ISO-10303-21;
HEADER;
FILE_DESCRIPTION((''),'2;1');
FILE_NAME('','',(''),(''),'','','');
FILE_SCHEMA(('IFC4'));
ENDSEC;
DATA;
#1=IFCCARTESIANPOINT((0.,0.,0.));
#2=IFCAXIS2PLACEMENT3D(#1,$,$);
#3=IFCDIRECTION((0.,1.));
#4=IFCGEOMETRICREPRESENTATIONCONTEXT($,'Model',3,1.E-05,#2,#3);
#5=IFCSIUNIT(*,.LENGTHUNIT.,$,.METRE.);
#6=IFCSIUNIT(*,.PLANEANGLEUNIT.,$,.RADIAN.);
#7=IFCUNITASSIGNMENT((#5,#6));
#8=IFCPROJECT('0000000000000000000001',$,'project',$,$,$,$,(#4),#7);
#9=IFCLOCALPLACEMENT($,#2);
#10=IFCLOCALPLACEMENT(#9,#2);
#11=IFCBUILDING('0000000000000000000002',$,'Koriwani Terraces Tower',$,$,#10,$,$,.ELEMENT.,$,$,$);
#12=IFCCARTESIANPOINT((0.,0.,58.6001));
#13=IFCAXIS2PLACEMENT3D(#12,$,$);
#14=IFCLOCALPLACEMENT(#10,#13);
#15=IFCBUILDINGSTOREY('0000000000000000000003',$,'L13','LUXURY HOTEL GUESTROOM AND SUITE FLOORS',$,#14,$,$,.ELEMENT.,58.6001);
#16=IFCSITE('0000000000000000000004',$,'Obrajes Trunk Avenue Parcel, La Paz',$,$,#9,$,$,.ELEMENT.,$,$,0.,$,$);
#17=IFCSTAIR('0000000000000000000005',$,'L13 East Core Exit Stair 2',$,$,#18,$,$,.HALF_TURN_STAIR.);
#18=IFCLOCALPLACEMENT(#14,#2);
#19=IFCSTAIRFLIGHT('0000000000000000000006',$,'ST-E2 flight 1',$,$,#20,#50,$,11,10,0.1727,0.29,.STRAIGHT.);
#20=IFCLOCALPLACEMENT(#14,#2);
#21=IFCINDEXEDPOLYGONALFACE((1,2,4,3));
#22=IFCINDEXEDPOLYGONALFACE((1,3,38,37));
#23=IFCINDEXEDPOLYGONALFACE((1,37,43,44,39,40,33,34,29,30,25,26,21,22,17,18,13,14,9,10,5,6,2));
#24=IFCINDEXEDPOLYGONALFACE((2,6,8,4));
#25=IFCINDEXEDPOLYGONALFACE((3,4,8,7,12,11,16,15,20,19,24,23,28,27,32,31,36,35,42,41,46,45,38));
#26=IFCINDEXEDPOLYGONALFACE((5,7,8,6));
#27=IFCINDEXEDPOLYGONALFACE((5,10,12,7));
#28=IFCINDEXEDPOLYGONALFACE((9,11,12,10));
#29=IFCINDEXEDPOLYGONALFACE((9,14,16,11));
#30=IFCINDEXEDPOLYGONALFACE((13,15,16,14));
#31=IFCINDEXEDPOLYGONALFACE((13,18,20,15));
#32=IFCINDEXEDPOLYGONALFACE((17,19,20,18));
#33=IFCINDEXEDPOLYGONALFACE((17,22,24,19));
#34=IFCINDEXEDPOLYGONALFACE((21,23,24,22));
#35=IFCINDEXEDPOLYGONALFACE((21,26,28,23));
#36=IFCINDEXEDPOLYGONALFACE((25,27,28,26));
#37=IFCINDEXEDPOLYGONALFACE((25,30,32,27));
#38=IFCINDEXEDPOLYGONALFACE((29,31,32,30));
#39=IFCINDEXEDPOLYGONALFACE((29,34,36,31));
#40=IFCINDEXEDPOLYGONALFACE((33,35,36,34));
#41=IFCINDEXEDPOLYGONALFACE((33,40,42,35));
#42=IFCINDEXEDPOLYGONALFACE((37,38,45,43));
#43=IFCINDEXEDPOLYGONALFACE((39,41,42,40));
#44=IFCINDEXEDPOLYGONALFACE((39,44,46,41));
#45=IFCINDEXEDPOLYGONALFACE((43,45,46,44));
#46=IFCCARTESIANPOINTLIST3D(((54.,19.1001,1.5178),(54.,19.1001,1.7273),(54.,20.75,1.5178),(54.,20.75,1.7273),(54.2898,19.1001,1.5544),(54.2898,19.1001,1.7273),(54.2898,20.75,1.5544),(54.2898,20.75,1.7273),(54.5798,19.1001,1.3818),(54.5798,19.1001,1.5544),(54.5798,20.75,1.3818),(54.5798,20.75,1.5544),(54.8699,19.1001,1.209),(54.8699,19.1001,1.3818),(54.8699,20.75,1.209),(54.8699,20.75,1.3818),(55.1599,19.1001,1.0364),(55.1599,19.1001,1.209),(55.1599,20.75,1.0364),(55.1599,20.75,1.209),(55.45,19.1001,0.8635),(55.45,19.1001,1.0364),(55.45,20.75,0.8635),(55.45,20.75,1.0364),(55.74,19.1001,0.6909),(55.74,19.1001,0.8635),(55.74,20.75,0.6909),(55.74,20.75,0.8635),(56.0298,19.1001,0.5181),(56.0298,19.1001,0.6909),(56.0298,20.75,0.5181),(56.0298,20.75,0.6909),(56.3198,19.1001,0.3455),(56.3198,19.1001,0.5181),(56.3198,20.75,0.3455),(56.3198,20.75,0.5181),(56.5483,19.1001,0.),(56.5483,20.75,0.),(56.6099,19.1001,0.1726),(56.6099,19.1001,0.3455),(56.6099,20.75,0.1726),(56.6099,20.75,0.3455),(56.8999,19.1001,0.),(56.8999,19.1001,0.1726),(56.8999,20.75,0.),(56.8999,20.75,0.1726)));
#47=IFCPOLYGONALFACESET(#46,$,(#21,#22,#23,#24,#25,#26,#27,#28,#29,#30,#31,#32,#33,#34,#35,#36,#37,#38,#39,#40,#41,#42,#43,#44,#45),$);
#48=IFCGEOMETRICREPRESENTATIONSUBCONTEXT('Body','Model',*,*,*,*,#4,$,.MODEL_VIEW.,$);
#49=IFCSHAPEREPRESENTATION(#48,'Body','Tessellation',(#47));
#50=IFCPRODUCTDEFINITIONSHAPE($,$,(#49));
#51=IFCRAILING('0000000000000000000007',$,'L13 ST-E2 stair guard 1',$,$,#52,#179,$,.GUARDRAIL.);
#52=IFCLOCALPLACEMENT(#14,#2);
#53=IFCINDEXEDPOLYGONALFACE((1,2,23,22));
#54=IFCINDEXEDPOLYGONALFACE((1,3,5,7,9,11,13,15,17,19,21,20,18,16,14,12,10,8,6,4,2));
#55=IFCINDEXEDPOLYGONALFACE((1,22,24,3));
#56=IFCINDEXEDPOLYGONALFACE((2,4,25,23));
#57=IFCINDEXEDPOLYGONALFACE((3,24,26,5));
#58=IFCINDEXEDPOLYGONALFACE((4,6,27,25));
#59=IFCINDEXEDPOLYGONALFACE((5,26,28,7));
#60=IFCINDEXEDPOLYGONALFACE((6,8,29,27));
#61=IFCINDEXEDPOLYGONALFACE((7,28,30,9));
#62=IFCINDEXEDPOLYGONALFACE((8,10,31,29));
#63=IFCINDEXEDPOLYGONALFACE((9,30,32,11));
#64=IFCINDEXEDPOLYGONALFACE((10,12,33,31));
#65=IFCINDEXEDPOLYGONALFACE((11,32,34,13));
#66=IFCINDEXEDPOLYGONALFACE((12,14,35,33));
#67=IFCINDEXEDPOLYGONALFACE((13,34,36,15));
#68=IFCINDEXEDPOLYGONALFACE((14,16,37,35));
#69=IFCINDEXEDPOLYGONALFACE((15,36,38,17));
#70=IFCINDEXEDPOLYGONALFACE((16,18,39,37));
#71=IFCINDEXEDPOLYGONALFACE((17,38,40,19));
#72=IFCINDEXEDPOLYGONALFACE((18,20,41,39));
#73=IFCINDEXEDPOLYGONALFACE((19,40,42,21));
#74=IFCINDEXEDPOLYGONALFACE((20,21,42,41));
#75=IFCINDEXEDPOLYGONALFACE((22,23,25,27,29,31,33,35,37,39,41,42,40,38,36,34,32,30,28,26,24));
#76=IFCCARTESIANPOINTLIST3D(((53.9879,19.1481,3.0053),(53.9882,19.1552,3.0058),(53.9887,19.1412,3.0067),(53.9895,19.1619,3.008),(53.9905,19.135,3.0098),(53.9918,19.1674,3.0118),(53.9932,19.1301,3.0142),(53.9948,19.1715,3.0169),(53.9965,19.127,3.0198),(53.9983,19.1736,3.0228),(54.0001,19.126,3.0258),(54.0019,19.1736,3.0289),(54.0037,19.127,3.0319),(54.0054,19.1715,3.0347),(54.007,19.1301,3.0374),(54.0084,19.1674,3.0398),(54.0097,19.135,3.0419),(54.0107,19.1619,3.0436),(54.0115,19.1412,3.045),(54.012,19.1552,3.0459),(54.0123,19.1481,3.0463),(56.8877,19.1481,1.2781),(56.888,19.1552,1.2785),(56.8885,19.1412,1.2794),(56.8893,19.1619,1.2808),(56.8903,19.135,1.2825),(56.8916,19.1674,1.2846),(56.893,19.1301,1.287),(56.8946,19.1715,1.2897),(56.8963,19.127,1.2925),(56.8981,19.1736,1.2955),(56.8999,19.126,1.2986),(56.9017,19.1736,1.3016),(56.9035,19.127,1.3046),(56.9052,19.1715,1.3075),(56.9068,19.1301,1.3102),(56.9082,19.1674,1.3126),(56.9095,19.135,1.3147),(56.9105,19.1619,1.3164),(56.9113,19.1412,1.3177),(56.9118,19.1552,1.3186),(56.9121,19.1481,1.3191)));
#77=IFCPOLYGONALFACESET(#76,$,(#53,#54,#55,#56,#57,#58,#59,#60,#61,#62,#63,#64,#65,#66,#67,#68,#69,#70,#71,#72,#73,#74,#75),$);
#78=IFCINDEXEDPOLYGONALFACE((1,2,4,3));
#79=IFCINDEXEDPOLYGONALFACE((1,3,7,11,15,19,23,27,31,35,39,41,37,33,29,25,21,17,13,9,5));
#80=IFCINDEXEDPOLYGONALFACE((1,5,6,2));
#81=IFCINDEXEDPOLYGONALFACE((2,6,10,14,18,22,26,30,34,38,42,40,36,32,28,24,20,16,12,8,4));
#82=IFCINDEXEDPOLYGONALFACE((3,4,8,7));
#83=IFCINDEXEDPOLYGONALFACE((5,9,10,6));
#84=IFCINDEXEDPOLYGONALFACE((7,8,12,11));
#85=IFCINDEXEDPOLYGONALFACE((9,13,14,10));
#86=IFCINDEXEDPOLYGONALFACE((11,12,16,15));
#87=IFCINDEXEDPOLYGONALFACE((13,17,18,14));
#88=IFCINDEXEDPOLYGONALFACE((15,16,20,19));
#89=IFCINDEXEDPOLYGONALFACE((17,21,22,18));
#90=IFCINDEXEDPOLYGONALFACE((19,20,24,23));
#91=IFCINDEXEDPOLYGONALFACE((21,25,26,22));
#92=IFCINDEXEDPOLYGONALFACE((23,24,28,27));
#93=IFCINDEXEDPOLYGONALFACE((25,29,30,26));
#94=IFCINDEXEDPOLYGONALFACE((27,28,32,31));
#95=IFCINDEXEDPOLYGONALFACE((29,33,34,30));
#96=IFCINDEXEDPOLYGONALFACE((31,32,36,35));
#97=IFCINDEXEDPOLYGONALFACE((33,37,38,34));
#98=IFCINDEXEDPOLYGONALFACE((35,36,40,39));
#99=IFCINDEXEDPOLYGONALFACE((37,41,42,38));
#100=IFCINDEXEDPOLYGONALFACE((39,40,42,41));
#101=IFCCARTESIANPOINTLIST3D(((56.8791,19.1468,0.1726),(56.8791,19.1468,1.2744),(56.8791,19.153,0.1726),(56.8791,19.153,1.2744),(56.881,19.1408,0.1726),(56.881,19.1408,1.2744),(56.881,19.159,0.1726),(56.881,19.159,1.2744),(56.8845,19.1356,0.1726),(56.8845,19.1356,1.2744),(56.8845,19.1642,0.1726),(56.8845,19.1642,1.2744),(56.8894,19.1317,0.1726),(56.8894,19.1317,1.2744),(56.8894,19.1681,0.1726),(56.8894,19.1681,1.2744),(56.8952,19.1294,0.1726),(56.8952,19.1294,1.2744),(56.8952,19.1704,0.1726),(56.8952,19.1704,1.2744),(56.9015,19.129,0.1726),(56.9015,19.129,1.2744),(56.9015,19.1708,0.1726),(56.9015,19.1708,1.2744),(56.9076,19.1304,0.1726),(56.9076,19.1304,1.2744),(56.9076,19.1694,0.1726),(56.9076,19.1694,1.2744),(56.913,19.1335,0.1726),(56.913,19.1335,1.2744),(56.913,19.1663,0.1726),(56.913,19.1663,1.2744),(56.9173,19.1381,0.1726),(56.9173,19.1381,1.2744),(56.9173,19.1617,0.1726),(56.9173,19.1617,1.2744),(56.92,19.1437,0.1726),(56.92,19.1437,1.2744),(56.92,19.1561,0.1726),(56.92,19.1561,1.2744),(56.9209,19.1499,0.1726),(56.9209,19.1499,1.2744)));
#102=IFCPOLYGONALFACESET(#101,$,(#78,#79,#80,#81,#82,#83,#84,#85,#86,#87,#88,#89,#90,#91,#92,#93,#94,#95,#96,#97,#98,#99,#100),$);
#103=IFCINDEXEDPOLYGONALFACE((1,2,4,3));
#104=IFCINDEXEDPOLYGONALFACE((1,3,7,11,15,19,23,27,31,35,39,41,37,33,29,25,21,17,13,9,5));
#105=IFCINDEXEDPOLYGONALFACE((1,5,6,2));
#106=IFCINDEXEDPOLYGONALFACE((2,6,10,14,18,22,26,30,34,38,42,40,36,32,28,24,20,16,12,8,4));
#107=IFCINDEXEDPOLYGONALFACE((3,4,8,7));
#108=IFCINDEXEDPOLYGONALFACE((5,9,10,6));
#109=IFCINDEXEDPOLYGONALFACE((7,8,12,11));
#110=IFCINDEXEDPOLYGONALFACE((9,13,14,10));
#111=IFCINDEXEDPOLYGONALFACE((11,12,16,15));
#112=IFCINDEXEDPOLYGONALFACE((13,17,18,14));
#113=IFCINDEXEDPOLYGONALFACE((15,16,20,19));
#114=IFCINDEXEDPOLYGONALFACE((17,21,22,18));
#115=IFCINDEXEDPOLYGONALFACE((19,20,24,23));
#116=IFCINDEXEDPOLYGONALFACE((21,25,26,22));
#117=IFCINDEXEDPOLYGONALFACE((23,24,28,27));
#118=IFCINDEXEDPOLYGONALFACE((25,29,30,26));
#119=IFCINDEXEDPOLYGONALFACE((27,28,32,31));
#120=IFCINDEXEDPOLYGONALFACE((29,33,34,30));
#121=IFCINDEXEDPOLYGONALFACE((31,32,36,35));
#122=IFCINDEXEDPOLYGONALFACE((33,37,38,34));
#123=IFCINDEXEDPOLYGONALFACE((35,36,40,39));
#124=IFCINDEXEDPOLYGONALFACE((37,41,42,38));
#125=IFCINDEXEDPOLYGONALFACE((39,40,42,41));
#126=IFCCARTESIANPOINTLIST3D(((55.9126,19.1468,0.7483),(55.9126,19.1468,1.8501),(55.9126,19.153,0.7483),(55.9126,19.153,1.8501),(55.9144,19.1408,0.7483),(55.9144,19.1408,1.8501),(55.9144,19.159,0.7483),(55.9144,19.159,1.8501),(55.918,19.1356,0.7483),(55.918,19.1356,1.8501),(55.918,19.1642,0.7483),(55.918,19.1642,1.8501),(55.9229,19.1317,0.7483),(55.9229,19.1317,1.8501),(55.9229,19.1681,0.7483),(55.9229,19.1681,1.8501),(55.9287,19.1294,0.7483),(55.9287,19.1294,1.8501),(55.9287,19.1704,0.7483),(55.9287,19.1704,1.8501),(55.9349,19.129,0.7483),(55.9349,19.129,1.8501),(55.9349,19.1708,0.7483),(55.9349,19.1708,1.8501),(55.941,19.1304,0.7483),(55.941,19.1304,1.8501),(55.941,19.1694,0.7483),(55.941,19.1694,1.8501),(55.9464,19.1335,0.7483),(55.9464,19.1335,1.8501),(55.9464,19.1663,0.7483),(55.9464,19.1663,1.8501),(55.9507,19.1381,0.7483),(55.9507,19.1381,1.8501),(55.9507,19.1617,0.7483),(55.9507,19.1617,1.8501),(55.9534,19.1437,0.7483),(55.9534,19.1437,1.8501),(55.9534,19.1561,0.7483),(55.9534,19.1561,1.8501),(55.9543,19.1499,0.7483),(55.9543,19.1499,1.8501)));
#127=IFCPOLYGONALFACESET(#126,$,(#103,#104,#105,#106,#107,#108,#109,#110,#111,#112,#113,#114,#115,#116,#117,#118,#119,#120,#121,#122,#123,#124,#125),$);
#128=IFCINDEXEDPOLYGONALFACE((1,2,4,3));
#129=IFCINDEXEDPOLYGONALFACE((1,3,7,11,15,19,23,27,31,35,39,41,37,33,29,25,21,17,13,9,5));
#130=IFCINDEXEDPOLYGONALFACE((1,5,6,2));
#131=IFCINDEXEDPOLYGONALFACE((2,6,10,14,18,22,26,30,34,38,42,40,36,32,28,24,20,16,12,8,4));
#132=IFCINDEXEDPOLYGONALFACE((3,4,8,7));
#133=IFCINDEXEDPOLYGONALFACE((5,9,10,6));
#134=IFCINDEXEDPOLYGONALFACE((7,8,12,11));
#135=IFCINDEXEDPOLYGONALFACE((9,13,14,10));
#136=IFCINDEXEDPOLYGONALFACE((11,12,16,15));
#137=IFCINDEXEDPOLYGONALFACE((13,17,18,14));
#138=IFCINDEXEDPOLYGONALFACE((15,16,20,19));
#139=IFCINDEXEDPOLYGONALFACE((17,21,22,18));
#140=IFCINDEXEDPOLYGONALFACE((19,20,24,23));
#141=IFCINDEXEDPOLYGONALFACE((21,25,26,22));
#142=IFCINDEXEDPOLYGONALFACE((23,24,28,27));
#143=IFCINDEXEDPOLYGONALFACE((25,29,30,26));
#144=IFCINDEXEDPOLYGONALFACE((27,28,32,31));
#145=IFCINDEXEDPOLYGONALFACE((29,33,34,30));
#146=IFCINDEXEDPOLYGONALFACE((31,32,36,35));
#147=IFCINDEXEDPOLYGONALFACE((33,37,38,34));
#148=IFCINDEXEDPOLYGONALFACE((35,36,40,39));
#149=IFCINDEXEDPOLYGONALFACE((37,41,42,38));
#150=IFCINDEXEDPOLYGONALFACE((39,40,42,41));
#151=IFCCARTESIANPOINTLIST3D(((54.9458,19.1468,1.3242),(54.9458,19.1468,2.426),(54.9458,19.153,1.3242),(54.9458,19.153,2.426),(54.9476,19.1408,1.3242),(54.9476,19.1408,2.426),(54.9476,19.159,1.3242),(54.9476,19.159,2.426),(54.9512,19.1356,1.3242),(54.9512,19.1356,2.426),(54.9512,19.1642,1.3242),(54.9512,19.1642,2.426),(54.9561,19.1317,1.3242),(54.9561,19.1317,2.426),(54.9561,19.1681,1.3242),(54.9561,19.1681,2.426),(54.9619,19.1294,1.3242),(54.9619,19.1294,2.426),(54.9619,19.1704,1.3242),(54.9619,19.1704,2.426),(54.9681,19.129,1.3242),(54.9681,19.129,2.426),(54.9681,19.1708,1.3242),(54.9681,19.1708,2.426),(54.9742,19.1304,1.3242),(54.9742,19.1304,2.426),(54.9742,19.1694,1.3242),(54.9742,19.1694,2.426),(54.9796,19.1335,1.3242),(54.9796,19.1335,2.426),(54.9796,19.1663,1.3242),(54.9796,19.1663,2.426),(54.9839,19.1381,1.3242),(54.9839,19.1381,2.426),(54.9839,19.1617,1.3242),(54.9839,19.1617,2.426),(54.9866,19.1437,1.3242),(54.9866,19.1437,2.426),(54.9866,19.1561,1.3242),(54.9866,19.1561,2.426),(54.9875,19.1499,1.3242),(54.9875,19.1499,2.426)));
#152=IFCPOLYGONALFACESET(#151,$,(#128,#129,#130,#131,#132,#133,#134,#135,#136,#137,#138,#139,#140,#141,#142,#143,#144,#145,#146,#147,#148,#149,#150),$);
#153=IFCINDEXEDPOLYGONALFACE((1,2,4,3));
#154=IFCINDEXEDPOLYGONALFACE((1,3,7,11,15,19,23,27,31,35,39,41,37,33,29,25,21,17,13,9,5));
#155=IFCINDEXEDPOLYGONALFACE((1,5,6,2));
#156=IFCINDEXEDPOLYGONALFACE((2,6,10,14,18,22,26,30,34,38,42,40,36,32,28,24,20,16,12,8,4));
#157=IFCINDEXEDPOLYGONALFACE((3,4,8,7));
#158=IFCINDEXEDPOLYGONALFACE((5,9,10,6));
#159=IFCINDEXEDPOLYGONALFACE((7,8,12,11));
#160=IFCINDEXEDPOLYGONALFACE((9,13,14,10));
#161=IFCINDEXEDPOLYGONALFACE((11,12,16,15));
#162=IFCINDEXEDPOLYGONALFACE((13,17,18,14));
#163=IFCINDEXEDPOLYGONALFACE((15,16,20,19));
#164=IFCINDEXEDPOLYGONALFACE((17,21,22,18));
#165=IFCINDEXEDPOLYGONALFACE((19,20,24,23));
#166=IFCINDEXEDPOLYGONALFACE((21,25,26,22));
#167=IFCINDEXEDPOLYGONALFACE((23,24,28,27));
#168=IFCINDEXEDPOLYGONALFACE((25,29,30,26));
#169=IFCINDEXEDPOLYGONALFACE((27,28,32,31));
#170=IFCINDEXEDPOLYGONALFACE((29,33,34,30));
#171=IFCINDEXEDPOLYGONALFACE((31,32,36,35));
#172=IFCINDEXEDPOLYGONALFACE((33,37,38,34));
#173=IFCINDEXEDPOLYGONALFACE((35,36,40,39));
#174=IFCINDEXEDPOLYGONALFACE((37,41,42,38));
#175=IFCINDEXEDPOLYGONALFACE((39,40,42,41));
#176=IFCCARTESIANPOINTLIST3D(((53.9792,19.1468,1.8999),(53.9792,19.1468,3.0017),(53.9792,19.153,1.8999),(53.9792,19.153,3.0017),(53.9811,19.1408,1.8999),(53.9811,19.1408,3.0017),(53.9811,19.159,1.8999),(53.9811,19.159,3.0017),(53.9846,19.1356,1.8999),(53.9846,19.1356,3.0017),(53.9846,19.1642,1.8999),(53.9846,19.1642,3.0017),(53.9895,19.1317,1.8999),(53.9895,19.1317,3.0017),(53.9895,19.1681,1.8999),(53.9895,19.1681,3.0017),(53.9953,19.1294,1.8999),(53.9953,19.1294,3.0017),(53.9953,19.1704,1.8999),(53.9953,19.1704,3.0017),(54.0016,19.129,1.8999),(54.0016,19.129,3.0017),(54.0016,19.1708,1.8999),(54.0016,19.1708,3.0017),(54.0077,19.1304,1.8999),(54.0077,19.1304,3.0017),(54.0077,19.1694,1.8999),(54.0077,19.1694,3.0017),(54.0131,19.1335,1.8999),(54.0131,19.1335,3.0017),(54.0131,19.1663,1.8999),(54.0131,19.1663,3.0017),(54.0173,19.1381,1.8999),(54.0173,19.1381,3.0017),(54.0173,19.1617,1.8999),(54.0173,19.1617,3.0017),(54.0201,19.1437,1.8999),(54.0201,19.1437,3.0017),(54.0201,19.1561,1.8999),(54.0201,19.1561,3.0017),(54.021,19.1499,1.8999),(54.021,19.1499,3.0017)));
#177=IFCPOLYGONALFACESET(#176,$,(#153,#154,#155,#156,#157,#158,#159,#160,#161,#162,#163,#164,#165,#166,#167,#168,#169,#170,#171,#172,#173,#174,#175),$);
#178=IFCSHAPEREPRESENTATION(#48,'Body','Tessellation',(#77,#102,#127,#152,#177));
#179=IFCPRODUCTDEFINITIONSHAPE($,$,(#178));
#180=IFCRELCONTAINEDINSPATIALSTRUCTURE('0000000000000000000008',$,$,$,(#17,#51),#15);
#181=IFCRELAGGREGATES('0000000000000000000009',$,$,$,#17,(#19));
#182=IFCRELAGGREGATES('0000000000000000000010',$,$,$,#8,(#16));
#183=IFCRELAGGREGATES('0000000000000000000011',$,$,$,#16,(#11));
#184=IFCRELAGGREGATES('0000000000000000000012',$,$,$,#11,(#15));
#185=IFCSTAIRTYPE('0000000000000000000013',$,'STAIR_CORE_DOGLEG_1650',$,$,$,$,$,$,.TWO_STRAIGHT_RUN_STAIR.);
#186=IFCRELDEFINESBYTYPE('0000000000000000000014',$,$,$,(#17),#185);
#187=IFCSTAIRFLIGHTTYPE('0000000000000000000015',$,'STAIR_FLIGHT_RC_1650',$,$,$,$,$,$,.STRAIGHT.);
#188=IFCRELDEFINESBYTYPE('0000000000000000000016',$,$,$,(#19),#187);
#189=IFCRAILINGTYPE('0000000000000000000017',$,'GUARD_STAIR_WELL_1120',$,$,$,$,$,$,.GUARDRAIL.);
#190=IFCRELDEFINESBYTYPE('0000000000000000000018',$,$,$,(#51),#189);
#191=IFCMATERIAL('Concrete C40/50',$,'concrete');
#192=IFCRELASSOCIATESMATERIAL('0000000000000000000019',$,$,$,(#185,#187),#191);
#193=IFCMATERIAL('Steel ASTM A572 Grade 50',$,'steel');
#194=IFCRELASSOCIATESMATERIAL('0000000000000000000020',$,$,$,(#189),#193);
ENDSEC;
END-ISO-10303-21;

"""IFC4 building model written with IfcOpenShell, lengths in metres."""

from ifc_helpers import new_model, si_unit, direction, frame, origin, origin_2d, place, context, subcontext, project, spatial, polyline, circle, outline, extrude, material, type_object, element, aggregate, save


model = new_model("IFC4")

# Units and contexts
model_context = context("Model", 3, precision=1e-05, world=origin(), true_north=direction((0.0, 1.0)))
body_context = subcontext(model_context, "Body", "Model", "MODEL_VIEW")
ifc_project = project(units=[si_unit("LENGTHUNIT", "METRE"), si_unit("PLANEANGLEUNIT", "RADIAN")], contexts=[model_context])

# Site, building, storey
site_placement = place(None, origin())
site = spatial("IfcSite", under=ifc_project, at=site_placement, Name="Obrajes Trunk Avenue Parcel, La Paz", CompositionType="ELEMENT", RefElevation=0.0)
building_placement = place(site_placement, origin())
building = spatial("IfcBuilding", under=site, at=building_placement, Name="Koriwani Terraces Tower", CompositionType="ELEMENT")
storey_placement = place(building_placement, frame((0.0, 0.0, 58.6001)))
storey = spatial("IfcBuildingStorey", under=building, at=storey_placement, Name="L13", Description="LUXURY HOTEL GUESTROOM AND SUITE FLOORS", CompositionType="ELEMENT", Elevation=58.6001)

# Shared definitions
ifc_material_1 = material(Name="Steel ASTM A572 Grade 50", Category="steel")

# Shared definitions
ifc_material_2 = material(Name="Concrete C40/50", Category="concrete")

# Stair, stair flight
stair_type = type_object("IfcStairType", Name="STAIR_CORE_DOGLEG_1650", PredefinedType="TWO_STRAIGHT_RUN_STAIR", material=ifc_material_2)
stair_placement = place(storey_placement, origin())
stair = element("IfcStair", 1, at=stair_placement, inside=storey, type_object=stair_type, Name="L13 East Core Exit Stair 2", PredefinedType="HALF_TURN_STAIR")
stair_flight_type = type_object("IfcStairFlightType", Name="STAIR_FLIGHT_RC_1650", PredefinedType="STRAIGHT", material=ifc_material_2)
stair_flight_placement = place(storey_placement, frame((56.8999, 19.925, 0.0), z_axis=(0.0, 0.0, 1.0), x_axis=(-1.0, 0.0, 0.0)))
stair_flight = element("IfcStairFlight", 2, at=stair_flight_placement, type_object=stair_flight_type, Name="ST-E2 flight 1", NumberOfRisers=11, NumberOfTreads=10, PredefinedType="STRAIGHT", RiserHeight=0.1727, TreadLength=0.29, context=body_context, shape_type="SweptSolid", body=[
    extrude(outline(polyline([(0.0, 0.0), (0.0, 0.1726), (0.29, 0.1726), (0.29, 0.3455), (0.5801, 0.3455), (0.5801, 0.5181), (0.8701, 0.5181), (0.8701, 0.6909), (1.1599, 0.6909), (1.1599, 0.8635), (1.45, 0.8635), (1.45, 1.0364), (1.74, 1.0364), (1.74, 1.209), (2.03, 1.209), (2.03, 1.3818), (2.3201, 1.3818), (2.3201, 1.5544), (2.6101, 1.5544), (2.6101, 1.7273), (2.8999, 1.7273), (2.8999, 1.8999), (2.8999, 1.5178), (0.3516, 0.0), (0.0, 0.0)])), frame((0.0, 0.825, 0.0), z_axis=(0.0, -1.0, 0.0), x_axis=(1.0, 0.0, 0.0)), (0.0, 0.0, 1.0), 1.6499),
])
aggregate(stair, [stair_flight])

# Railing
railing_type_1 = type_object("IfcRailingType", Name="GUARD_STAIR_WELL_1120", PredefinedType="GUARDRAIL", material=ifc_material_1)
railing_1_placement = place(storey_placement, frame((56.8999, 19.1499, 0.1726)))
element("IfcRailing", 3, at=railing_1_placement, inside=storey, type_object=railing_type_1, Name="L13 ST-E2 stair guard 1", PredefinedType="GUARDRAIL", context=body_context, shape_type="SweptSolid", body=[
    extrude(circle(Radius=0.0239, at=origin_2d()), frame((0.0, 0.0, 1.126), z_axis=(-0.859141, 0.0, 0.511738), x_axis=(0.0, -1.0, 0.0)), (0.0, 0.0, 1.0), 3.3752),
    extrude(circle(Radius=0.021, at=origin_2d()), origin(), (0.0, 0.0, 1.0), 1.1018),
    extrude(circle(Radius=0.021, at=origin_2d()), frame((-0.9666, 0.0, 0.5757)), (0.0, 0.0, 1.0), 1.1018),
    extrude(circle(Radius=0.021, at=origin_2d()), frame((-1.9333, 0.0, 1.1516)), (0.0, 0.0, 1.0), 1.1018),
    extrude(circle(Radius=0.021, at=origin_2d()), frame((-2.8999, 0.0, 1.7273)), (0.0, 0.0, 1.0), 1.1018),
])

save(model, "model.ifc")
